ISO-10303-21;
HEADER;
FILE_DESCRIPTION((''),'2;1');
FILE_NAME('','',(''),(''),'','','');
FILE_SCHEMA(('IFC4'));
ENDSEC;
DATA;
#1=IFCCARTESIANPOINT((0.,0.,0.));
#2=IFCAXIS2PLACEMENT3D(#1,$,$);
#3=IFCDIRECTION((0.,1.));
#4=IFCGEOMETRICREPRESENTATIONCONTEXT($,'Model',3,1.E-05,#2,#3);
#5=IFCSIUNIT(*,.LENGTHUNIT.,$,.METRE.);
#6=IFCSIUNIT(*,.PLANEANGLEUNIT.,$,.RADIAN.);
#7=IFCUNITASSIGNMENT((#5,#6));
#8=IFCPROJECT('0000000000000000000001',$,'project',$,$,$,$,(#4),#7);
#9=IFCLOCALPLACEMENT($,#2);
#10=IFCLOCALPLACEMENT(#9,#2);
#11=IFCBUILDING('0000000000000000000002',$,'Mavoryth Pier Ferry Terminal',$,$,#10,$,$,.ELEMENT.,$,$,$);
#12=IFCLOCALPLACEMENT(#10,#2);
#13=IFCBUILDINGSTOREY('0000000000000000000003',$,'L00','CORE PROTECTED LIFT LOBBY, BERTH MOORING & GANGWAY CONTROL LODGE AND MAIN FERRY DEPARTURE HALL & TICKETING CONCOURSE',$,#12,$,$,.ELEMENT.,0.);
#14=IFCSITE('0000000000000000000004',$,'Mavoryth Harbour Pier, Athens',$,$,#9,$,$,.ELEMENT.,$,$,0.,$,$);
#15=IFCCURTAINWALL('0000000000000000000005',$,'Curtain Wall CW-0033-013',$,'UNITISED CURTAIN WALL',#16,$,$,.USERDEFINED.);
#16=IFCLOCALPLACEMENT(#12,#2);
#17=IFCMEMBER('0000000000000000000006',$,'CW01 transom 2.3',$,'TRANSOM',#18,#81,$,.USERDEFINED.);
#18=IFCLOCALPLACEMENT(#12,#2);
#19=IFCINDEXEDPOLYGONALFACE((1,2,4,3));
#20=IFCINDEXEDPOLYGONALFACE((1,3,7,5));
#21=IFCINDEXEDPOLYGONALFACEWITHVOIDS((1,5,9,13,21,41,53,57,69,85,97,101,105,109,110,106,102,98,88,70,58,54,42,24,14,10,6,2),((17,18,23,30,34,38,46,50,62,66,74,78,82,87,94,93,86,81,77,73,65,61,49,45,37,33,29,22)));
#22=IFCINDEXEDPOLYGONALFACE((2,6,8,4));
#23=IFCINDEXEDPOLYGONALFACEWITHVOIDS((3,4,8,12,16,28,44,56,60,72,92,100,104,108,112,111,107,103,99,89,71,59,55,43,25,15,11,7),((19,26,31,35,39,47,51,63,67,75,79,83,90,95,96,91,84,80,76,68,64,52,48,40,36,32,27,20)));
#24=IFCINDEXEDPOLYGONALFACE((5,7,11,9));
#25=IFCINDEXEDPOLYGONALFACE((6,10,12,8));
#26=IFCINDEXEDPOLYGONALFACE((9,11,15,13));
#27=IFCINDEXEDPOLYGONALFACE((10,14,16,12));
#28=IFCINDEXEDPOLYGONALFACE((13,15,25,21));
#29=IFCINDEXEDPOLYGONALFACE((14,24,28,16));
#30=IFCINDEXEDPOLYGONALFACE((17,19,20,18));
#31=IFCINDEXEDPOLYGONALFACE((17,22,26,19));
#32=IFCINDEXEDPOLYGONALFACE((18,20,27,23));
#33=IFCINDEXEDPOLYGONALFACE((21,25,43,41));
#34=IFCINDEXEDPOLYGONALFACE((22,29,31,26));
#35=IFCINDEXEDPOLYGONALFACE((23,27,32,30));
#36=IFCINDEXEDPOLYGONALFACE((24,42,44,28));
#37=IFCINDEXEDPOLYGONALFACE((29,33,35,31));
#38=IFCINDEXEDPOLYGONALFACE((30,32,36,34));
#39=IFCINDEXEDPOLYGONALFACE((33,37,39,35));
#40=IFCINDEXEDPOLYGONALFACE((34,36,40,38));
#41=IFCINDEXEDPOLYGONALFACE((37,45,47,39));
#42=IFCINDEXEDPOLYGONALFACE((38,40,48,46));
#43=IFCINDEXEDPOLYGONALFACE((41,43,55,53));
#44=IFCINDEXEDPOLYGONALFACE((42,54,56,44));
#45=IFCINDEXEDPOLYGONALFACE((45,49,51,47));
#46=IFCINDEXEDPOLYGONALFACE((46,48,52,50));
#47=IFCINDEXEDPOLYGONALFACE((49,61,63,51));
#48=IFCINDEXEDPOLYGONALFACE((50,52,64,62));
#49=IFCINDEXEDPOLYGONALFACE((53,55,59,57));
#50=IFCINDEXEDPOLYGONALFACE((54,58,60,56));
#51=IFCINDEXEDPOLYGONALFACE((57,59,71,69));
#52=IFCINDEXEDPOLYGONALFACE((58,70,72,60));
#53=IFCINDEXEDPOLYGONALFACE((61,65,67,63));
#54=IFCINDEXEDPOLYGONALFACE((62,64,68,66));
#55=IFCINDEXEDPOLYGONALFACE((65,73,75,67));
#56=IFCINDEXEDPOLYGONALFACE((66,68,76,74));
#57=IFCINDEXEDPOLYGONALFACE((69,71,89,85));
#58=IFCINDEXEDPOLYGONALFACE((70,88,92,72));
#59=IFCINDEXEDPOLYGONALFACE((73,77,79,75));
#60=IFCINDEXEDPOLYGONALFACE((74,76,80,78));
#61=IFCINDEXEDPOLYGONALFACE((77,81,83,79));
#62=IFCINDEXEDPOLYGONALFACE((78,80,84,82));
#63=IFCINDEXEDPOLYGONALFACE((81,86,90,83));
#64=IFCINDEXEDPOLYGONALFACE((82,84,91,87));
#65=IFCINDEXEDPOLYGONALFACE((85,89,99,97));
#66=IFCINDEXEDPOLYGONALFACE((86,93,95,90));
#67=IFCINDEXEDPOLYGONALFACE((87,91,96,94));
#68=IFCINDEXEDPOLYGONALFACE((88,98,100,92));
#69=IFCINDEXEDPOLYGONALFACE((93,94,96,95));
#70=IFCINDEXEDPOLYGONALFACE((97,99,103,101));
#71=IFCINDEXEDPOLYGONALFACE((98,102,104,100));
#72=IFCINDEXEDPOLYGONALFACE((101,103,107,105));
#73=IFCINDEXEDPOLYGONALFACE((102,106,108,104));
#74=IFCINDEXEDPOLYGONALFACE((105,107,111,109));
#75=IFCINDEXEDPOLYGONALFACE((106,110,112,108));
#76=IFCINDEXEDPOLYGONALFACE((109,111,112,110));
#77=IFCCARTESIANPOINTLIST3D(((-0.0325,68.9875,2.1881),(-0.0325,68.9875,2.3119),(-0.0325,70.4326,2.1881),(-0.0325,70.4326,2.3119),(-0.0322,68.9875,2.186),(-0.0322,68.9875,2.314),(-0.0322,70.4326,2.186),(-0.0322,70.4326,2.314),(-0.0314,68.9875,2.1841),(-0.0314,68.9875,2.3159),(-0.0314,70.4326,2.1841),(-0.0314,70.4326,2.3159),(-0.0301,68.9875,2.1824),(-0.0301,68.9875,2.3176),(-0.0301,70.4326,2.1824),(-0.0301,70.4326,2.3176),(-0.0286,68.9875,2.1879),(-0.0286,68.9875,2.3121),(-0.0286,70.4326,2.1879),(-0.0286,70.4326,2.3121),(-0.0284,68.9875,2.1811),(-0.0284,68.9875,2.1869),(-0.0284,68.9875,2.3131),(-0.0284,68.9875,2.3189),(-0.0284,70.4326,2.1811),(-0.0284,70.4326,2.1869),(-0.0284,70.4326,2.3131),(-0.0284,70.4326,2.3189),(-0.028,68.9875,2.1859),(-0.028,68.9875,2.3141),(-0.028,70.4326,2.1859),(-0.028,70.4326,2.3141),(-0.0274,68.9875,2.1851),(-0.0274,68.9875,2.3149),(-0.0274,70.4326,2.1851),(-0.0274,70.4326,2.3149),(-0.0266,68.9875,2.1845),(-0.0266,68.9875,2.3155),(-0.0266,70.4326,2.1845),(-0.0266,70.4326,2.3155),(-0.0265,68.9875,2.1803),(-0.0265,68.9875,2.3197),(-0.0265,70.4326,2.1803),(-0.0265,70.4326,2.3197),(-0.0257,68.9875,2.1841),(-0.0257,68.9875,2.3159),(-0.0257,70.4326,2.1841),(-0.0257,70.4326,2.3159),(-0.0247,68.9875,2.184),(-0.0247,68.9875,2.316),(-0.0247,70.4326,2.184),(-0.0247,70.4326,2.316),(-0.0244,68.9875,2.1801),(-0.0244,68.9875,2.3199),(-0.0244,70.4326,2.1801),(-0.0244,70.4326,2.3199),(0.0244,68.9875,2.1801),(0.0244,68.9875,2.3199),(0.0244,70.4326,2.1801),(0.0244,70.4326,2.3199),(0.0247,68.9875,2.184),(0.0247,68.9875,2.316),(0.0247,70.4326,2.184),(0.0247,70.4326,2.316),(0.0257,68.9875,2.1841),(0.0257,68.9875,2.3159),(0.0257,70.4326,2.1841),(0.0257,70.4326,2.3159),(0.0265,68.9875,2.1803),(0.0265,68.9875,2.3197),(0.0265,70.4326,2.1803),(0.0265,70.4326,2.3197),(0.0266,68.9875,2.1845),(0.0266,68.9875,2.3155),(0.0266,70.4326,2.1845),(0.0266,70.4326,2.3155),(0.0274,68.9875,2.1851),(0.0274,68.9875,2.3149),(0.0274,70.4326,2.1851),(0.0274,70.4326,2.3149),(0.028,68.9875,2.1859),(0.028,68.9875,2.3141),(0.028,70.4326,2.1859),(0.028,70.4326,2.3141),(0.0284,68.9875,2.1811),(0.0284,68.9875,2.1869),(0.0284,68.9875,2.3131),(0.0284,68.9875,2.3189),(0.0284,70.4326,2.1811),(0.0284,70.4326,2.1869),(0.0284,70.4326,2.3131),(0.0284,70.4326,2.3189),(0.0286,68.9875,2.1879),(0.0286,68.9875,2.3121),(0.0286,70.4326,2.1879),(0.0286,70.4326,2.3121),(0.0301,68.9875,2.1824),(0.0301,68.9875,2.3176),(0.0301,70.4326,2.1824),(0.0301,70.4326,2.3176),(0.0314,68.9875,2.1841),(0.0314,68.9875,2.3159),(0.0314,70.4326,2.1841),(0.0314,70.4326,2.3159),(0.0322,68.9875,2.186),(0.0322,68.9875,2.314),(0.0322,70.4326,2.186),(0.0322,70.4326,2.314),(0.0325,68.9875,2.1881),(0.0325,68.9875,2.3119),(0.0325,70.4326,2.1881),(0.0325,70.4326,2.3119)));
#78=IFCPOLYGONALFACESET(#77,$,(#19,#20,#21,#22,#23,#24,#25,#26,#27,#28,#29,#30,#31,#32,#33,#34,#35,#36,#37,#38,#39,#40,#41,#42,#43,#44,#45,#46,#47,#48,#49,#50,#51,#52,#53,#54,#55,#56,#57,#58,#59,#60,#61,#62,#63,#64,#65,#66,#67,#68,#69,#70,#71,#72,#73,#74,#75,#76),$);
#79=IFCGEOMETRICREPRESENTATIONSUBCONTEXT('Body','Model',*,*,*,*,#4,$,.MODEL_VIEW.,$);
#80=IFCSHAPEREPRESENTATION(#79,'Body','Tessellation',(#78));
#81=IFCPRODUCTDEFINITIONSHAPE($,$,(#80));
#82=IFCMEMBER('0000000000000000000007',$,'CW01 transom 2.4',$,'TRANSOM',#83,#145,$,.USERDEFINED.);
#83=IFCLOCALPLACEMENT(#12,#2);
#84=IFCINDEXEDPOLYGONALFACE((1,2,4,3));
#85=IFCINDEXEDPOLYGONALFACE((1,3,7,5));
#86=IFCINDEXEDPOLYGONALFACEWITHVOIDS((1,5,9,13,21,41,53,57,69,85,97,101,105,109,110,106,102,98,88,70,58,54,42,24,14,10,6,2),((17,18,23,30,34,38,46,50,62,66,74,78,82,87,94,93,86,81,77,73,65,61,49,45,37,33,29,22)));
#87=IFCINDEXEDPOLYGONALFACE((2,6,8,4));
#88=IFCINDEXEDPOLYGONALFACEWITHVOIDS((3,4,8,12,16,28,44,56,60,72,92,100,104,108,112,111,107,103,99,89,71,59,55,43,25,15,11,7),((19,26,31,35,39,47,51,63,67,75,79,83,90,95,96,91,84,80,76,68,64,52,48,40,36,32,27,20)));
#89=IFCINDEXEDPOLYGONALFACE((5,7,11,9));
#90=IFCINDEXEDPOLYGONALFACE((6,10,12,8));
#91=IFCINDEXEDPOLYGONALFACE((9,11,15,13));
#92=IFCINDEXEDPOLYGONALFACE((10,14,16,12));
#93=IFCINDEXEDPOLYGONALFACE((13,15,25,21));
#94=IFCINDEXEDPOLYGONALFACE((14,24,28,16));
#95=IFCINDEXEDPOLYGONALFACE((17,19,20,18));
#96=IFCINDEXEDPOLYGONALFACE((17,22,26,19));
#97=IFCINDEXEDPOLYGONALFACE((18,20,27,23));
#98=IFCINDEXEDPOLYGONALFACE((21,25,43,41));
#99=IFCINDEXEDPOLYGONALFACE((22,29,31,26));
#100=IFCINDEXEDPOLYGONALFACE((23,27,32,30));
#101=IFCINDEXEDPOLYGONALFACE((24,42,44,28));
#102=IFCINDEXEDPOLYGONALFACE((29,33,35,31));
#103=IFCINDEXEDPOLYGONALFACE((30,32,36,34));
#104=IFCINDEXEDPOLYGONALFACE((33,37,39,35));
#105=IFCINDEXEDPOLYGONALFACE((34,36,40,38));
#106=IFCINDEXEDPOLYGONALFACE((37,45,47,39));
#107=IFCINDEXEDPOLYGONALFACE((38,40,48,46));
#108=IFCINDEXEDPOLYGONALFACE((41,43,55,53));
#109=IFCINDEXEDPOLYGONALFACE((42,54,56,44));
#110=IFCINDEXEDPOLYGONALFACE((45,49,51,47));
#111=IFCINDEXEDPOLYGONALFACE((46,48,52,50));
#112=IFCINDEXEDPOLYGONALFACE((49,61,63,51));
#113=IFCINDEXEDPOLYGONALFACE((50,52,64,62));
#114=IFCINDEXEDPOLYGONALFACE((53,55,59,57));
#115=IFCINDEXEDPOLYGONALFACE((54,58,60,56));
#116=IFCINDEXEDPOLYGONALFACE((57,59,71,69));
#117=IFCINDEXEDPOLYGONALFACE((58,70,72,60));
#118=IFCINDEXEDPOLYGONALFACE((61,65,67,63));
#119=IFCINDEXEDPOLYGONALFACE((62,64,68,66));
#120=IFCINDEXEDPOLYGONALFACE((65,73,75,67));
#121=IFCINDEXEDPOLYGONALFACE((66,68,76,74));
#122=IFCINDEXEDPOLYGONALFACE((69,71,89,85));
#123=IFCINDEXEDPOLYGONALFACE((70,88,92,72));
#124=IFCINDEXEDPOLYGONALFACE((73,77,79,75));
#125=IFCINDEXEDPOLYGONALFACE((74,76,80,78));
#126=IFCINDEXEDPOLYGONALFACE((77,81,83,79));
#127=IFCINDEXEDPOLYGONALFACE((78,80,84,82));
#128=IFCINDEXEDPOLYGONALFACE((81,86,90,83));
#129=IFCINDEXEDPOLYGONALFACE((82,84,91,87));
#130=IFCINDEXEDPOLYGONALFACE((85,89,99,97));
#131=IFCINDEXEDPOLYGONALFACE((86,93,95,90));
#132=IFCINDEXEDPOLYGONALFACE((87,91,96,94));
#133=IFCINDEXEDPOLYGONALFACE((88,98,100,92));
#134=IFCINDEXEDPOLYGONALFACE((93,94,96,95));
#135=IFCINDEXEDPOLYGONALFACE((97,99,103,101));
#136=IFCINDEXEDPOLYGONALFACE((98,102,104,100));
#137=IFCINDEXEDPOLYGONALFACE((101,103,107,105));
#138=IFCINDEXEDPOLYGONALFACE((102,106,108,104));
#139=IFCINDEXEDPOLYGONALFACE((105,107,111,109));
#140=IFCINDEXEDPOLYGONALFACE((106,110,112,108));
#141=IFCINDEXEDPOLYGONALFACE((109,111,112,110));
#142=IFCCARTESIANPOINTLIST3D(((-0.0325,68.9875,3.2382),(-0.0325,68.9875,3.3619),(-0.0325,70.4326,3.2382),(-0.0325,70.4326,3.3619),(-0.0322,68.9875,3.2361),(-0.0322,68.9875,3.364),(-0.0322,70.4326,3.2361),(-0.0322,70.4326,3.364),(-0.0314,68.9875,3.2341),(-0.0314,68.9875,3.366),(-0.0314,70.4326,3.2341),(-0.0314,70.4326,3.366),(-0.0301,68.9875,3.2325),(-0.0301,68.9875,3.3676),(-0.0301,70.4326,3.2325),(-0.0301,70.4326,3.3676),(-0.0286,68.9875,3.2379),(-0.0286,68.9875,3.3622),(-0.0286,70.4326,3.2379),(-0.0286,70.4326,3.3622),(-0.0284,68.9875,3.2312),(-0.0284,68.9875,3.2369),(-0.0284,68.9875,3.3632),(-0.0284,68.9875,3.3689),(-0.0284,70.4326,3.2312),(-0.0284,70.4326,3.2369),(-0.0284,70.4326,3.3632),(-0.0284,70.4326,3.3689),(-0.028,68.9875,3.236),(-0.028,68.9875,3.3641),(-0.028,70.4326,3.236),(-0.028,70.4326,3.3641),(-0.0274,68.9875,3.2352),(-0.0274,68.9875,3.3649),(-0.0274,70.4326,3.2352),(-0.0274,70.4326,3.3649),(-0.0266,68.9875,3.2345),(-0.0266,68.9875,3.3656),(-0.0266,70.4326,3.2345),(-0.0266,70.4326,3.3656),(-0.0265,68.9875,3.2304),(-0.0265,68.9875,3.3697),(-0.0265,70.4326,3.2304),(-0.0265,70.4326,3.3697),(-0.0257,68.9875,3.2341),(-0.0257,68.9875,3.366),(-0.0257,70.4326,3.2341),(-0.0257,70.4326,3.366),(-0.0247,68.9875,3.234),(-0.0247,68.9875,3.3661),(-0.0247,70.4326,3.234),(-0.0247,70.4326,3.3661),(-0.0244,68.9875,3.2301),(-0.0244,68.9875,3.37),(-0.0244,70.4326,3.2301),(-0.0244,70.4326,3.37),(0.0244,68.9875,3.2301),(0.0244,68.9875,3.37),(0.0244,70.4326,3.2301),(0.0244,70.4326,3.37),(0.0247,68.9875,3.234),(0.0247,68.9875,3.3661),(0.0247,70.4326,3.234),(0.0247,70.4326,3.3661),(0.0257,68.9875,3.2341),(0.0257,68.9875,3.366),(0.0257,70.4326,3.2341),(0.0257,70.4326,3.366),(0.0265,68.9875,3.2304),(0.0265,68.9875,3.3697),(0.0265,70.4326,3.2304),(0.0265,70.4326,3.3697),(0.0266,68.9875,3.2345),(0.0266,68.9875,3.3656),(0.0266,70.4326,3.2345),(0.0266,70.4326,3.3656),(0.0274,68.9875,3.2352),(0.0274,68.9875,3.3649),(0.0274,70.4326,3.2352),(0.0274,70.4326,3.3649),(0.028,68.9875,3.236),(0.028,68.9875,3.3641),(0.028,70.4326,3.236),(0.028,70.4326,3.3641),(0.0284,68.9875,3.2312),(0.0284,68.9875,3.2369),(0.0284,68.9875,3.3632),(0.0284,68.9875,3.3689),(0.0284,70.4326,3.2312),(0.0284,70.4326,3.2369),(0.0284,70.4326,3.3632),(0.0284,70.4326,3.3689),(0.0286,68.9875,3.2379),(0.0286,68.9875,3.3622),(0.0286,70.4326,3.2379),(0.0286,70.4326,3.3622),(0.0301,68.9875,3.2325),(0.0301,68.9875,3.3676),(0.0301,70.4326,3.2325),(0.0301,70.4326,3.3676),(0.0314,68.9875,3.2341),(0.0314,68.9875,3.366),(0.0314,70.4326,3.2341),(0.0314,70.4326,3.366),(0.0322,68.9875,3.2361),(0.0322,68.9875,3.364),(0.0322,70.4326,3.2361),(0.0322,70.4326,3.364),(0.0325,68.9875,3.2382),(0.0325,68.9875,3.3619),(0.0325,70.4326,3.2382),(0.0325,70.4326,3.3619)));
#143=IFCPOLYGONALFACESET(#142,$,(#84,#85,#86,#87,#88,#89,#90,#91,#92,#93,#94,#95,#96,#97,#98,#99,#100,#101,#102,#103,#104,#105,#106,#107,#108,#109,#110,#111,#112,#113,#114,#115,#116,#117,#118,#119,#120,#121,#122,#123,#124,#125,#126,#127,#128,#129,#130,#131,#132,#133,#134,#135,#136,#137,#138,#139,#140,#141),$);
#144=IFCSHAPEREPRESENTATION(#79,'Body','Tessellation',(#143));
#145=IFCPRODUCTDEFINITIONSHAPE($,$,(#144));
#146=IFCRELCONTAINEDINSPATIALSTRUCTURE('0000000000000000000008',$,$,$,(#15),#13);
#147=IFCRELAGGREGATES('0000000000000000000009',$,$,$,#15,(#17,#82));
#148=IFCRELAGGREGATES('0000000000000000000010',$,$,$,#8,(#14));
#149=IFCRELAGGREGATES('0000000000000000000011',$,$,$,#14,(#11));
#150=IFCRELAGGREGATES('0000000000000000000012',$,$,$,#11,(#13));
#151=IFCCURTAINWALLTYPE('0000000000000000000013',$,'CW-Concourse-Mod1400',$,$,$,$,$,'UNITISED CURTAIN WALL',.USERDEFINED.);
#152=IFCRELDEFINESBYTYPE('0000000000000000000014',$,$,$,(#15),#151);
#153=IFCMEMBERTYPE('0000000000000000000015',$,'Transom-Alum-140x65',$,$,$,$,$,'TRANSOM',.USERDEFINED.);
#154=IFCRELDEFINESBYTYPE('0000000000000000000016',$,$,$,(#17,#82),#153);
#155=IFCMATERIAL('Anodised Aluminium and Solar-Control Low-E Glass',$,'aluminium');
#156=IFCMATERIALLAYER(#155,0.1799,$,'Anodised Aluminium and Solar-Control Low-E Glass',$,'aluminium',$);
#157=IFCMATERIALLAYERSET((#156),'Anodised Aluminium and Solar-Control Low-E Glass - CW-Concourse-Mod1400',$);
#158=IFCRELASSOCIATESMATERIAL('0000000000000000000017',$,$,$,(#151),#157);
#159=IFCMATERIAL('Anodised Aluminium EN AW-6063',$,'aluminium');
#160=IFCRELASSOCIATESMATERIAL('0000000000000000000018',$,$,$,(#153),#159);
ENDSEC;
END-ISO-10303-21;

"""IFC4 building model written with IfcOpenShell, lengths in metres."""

from ifc_helpers import new_model, si_unit, direction, frame, origin, origin_2d, place, context, subcontext, project, spatial, hollow_rectangle, extrude, material, layer, layer_set, material_profile, profile_set, type_object, element, aggregate, save


model = new_model("IFC4")

# Units and contexts
model_context = context("Model", 3, precision=1e-05, world=origin(), true_north=direction((0.0, 1.0)))
body_context = subcontext(model_context, "Body", "Model", "MODEL_VIEW")
ifc_project = project(units=[si_unit("LENGTHUNIT", "METRE"), si_unit("PLANEANGLEUNIT", "RADIAN")], contexts=[model_context])

# Site, building, storey
site_placement = place(None, origin())
site = spatial("IfcSite", under=ifc_project, at=site_placement, Name="Mavoryth Harbour Pier, Athens", CompositionType="ELEMENT", RefElevation=0.0)
building_placement = place(site_placement, origin())
building = spatial("IfcBuilding", under=site, at=building_placement, Name="Mavoryth Pier Ferry Terminal", CompositionType="ELEMENT")
storey_placement = place(building_placement, origin())
storey = spatial("IfcBuildingStorey", under=building, at=storey_placement, Name="L00", Description="CORE PROTECTED LIFT LOBBY, BERTH MOORING & GANGWAY CONTROL LODGE AND MAIN FERRY DEPARTURE HALL & TICKETING CONCOURSE", CompositionType="ELEMENT", Elevation=0.0)

# Curtain wall, members
ifc_material_1 = material(Name="Anodised Aluminium and Solar-Control Low-E Glass", Category="aluminium")
ifc_layer_1 = layer(ifc_material_1, 0.1799, Name="Anodised Aluminium and Solar-Control Low-E Glass", Category="aluminium")
ifc_layer_set_1 = layer_set([ifc_layer_1], Name="Anodised Aluminium and Solar-Control Low-E Glass - CW-Concourse-Mod1400")
curtain_wall_type = type_object("IfcCurtainWallType", Name="CW-Concourse-Mod1400", ElementType="UNITISED CURTAIN WALL", PredefinedType="USERDEFINED", material=ifc_layer_set_1)
curtain_wall_placement = place(storey_placement, origin())
curtain_wall = element("IfcCurtainWall", 1, at=curtain_wall_placement, inside=storey, type_object=curtain_wall_type, Name="Curtain Wall CW-0033-013", ObjectType="UNITISED CURTAIN WALL", PredefinedType="USERDEFINED")
ifc_material_2 = material(Name="Anodised Aluminium EN AW-6063", Category="aluminium")
ifc_material_profile_1 = material_profile(ifc_material_2, hollow_rectangle(XDim=0.0649, YDim=0.1399, WallThickness=0.0039, InnerFilletRadius=0.0039, OuterFilletRadius=0.0081, at=origin_2d()), Name="AL-TRAN 140x65x4", Category="aluminium")
ifc_profile_set_1 = profile_set([ifc_material_profile_1], Name="Anodised Aluminium EN AW-6063 - AL-TRAN 140x65x4")
member_type_1 = type_object("IfcMemberType", Name="Transom-Alum-140x65", ElementType="TRANSOM", PredefinedType="USERDEFINED", material=ifc_profile_set_1)
member_1_placement = place(storey_placement, frame((0.0, 70.4326, 2.25), z_axis=(0.0, -1.0, 0.0), x_axis=(1.0, 0.0, 0.0)))
member_1 = element("IfcMember", 2, at=member_1_placement, type_object=member_type_1, Name="CW01 transom 2.3", ObjectType="TRANSOM", PredefinedType="USERDEFINED", context=body_context, shape_type="SweptSolid", body=[
    extrude(hollow_rectangle(XDim=0.0649, YDim=0.1399, WallThickness=0.0039, InnerFilletRadius=0.0039, OuterFilletRadius=0.0081, at=origin_2d()), origin(), (0.0, 0.0, 1.0), 1.4451),
])
member_2_placement = place(storey_placement, frame((0.0, 70.4326, 3.3), z_axis=(0.0, -1.0, 0.0), x_axis=(1.0, 0.0, 0.0)))
member_2 = element("IfcMember", 3, at=member_2_placement, type_object=member_type_1, Name="CW01 transom 2.4", ObjectType="TRANSOM", PredefinedType="USERDEFINED", context=body_context, shape_type="SweptSolid", body=[
    extrude(hollow_rectangle(XDim=0.0649, YDim=0.1399, WallThickness=0.0039, InnerFilletRadius=0.0039, OuterFilletRadius=0.0081, at=origin_2d()), origin(), (0.0, 0.0, 1.0), 1.4451),
])
aggregate(curtain_wall, [member_1, member_2])

save(model, "model.ifc")
